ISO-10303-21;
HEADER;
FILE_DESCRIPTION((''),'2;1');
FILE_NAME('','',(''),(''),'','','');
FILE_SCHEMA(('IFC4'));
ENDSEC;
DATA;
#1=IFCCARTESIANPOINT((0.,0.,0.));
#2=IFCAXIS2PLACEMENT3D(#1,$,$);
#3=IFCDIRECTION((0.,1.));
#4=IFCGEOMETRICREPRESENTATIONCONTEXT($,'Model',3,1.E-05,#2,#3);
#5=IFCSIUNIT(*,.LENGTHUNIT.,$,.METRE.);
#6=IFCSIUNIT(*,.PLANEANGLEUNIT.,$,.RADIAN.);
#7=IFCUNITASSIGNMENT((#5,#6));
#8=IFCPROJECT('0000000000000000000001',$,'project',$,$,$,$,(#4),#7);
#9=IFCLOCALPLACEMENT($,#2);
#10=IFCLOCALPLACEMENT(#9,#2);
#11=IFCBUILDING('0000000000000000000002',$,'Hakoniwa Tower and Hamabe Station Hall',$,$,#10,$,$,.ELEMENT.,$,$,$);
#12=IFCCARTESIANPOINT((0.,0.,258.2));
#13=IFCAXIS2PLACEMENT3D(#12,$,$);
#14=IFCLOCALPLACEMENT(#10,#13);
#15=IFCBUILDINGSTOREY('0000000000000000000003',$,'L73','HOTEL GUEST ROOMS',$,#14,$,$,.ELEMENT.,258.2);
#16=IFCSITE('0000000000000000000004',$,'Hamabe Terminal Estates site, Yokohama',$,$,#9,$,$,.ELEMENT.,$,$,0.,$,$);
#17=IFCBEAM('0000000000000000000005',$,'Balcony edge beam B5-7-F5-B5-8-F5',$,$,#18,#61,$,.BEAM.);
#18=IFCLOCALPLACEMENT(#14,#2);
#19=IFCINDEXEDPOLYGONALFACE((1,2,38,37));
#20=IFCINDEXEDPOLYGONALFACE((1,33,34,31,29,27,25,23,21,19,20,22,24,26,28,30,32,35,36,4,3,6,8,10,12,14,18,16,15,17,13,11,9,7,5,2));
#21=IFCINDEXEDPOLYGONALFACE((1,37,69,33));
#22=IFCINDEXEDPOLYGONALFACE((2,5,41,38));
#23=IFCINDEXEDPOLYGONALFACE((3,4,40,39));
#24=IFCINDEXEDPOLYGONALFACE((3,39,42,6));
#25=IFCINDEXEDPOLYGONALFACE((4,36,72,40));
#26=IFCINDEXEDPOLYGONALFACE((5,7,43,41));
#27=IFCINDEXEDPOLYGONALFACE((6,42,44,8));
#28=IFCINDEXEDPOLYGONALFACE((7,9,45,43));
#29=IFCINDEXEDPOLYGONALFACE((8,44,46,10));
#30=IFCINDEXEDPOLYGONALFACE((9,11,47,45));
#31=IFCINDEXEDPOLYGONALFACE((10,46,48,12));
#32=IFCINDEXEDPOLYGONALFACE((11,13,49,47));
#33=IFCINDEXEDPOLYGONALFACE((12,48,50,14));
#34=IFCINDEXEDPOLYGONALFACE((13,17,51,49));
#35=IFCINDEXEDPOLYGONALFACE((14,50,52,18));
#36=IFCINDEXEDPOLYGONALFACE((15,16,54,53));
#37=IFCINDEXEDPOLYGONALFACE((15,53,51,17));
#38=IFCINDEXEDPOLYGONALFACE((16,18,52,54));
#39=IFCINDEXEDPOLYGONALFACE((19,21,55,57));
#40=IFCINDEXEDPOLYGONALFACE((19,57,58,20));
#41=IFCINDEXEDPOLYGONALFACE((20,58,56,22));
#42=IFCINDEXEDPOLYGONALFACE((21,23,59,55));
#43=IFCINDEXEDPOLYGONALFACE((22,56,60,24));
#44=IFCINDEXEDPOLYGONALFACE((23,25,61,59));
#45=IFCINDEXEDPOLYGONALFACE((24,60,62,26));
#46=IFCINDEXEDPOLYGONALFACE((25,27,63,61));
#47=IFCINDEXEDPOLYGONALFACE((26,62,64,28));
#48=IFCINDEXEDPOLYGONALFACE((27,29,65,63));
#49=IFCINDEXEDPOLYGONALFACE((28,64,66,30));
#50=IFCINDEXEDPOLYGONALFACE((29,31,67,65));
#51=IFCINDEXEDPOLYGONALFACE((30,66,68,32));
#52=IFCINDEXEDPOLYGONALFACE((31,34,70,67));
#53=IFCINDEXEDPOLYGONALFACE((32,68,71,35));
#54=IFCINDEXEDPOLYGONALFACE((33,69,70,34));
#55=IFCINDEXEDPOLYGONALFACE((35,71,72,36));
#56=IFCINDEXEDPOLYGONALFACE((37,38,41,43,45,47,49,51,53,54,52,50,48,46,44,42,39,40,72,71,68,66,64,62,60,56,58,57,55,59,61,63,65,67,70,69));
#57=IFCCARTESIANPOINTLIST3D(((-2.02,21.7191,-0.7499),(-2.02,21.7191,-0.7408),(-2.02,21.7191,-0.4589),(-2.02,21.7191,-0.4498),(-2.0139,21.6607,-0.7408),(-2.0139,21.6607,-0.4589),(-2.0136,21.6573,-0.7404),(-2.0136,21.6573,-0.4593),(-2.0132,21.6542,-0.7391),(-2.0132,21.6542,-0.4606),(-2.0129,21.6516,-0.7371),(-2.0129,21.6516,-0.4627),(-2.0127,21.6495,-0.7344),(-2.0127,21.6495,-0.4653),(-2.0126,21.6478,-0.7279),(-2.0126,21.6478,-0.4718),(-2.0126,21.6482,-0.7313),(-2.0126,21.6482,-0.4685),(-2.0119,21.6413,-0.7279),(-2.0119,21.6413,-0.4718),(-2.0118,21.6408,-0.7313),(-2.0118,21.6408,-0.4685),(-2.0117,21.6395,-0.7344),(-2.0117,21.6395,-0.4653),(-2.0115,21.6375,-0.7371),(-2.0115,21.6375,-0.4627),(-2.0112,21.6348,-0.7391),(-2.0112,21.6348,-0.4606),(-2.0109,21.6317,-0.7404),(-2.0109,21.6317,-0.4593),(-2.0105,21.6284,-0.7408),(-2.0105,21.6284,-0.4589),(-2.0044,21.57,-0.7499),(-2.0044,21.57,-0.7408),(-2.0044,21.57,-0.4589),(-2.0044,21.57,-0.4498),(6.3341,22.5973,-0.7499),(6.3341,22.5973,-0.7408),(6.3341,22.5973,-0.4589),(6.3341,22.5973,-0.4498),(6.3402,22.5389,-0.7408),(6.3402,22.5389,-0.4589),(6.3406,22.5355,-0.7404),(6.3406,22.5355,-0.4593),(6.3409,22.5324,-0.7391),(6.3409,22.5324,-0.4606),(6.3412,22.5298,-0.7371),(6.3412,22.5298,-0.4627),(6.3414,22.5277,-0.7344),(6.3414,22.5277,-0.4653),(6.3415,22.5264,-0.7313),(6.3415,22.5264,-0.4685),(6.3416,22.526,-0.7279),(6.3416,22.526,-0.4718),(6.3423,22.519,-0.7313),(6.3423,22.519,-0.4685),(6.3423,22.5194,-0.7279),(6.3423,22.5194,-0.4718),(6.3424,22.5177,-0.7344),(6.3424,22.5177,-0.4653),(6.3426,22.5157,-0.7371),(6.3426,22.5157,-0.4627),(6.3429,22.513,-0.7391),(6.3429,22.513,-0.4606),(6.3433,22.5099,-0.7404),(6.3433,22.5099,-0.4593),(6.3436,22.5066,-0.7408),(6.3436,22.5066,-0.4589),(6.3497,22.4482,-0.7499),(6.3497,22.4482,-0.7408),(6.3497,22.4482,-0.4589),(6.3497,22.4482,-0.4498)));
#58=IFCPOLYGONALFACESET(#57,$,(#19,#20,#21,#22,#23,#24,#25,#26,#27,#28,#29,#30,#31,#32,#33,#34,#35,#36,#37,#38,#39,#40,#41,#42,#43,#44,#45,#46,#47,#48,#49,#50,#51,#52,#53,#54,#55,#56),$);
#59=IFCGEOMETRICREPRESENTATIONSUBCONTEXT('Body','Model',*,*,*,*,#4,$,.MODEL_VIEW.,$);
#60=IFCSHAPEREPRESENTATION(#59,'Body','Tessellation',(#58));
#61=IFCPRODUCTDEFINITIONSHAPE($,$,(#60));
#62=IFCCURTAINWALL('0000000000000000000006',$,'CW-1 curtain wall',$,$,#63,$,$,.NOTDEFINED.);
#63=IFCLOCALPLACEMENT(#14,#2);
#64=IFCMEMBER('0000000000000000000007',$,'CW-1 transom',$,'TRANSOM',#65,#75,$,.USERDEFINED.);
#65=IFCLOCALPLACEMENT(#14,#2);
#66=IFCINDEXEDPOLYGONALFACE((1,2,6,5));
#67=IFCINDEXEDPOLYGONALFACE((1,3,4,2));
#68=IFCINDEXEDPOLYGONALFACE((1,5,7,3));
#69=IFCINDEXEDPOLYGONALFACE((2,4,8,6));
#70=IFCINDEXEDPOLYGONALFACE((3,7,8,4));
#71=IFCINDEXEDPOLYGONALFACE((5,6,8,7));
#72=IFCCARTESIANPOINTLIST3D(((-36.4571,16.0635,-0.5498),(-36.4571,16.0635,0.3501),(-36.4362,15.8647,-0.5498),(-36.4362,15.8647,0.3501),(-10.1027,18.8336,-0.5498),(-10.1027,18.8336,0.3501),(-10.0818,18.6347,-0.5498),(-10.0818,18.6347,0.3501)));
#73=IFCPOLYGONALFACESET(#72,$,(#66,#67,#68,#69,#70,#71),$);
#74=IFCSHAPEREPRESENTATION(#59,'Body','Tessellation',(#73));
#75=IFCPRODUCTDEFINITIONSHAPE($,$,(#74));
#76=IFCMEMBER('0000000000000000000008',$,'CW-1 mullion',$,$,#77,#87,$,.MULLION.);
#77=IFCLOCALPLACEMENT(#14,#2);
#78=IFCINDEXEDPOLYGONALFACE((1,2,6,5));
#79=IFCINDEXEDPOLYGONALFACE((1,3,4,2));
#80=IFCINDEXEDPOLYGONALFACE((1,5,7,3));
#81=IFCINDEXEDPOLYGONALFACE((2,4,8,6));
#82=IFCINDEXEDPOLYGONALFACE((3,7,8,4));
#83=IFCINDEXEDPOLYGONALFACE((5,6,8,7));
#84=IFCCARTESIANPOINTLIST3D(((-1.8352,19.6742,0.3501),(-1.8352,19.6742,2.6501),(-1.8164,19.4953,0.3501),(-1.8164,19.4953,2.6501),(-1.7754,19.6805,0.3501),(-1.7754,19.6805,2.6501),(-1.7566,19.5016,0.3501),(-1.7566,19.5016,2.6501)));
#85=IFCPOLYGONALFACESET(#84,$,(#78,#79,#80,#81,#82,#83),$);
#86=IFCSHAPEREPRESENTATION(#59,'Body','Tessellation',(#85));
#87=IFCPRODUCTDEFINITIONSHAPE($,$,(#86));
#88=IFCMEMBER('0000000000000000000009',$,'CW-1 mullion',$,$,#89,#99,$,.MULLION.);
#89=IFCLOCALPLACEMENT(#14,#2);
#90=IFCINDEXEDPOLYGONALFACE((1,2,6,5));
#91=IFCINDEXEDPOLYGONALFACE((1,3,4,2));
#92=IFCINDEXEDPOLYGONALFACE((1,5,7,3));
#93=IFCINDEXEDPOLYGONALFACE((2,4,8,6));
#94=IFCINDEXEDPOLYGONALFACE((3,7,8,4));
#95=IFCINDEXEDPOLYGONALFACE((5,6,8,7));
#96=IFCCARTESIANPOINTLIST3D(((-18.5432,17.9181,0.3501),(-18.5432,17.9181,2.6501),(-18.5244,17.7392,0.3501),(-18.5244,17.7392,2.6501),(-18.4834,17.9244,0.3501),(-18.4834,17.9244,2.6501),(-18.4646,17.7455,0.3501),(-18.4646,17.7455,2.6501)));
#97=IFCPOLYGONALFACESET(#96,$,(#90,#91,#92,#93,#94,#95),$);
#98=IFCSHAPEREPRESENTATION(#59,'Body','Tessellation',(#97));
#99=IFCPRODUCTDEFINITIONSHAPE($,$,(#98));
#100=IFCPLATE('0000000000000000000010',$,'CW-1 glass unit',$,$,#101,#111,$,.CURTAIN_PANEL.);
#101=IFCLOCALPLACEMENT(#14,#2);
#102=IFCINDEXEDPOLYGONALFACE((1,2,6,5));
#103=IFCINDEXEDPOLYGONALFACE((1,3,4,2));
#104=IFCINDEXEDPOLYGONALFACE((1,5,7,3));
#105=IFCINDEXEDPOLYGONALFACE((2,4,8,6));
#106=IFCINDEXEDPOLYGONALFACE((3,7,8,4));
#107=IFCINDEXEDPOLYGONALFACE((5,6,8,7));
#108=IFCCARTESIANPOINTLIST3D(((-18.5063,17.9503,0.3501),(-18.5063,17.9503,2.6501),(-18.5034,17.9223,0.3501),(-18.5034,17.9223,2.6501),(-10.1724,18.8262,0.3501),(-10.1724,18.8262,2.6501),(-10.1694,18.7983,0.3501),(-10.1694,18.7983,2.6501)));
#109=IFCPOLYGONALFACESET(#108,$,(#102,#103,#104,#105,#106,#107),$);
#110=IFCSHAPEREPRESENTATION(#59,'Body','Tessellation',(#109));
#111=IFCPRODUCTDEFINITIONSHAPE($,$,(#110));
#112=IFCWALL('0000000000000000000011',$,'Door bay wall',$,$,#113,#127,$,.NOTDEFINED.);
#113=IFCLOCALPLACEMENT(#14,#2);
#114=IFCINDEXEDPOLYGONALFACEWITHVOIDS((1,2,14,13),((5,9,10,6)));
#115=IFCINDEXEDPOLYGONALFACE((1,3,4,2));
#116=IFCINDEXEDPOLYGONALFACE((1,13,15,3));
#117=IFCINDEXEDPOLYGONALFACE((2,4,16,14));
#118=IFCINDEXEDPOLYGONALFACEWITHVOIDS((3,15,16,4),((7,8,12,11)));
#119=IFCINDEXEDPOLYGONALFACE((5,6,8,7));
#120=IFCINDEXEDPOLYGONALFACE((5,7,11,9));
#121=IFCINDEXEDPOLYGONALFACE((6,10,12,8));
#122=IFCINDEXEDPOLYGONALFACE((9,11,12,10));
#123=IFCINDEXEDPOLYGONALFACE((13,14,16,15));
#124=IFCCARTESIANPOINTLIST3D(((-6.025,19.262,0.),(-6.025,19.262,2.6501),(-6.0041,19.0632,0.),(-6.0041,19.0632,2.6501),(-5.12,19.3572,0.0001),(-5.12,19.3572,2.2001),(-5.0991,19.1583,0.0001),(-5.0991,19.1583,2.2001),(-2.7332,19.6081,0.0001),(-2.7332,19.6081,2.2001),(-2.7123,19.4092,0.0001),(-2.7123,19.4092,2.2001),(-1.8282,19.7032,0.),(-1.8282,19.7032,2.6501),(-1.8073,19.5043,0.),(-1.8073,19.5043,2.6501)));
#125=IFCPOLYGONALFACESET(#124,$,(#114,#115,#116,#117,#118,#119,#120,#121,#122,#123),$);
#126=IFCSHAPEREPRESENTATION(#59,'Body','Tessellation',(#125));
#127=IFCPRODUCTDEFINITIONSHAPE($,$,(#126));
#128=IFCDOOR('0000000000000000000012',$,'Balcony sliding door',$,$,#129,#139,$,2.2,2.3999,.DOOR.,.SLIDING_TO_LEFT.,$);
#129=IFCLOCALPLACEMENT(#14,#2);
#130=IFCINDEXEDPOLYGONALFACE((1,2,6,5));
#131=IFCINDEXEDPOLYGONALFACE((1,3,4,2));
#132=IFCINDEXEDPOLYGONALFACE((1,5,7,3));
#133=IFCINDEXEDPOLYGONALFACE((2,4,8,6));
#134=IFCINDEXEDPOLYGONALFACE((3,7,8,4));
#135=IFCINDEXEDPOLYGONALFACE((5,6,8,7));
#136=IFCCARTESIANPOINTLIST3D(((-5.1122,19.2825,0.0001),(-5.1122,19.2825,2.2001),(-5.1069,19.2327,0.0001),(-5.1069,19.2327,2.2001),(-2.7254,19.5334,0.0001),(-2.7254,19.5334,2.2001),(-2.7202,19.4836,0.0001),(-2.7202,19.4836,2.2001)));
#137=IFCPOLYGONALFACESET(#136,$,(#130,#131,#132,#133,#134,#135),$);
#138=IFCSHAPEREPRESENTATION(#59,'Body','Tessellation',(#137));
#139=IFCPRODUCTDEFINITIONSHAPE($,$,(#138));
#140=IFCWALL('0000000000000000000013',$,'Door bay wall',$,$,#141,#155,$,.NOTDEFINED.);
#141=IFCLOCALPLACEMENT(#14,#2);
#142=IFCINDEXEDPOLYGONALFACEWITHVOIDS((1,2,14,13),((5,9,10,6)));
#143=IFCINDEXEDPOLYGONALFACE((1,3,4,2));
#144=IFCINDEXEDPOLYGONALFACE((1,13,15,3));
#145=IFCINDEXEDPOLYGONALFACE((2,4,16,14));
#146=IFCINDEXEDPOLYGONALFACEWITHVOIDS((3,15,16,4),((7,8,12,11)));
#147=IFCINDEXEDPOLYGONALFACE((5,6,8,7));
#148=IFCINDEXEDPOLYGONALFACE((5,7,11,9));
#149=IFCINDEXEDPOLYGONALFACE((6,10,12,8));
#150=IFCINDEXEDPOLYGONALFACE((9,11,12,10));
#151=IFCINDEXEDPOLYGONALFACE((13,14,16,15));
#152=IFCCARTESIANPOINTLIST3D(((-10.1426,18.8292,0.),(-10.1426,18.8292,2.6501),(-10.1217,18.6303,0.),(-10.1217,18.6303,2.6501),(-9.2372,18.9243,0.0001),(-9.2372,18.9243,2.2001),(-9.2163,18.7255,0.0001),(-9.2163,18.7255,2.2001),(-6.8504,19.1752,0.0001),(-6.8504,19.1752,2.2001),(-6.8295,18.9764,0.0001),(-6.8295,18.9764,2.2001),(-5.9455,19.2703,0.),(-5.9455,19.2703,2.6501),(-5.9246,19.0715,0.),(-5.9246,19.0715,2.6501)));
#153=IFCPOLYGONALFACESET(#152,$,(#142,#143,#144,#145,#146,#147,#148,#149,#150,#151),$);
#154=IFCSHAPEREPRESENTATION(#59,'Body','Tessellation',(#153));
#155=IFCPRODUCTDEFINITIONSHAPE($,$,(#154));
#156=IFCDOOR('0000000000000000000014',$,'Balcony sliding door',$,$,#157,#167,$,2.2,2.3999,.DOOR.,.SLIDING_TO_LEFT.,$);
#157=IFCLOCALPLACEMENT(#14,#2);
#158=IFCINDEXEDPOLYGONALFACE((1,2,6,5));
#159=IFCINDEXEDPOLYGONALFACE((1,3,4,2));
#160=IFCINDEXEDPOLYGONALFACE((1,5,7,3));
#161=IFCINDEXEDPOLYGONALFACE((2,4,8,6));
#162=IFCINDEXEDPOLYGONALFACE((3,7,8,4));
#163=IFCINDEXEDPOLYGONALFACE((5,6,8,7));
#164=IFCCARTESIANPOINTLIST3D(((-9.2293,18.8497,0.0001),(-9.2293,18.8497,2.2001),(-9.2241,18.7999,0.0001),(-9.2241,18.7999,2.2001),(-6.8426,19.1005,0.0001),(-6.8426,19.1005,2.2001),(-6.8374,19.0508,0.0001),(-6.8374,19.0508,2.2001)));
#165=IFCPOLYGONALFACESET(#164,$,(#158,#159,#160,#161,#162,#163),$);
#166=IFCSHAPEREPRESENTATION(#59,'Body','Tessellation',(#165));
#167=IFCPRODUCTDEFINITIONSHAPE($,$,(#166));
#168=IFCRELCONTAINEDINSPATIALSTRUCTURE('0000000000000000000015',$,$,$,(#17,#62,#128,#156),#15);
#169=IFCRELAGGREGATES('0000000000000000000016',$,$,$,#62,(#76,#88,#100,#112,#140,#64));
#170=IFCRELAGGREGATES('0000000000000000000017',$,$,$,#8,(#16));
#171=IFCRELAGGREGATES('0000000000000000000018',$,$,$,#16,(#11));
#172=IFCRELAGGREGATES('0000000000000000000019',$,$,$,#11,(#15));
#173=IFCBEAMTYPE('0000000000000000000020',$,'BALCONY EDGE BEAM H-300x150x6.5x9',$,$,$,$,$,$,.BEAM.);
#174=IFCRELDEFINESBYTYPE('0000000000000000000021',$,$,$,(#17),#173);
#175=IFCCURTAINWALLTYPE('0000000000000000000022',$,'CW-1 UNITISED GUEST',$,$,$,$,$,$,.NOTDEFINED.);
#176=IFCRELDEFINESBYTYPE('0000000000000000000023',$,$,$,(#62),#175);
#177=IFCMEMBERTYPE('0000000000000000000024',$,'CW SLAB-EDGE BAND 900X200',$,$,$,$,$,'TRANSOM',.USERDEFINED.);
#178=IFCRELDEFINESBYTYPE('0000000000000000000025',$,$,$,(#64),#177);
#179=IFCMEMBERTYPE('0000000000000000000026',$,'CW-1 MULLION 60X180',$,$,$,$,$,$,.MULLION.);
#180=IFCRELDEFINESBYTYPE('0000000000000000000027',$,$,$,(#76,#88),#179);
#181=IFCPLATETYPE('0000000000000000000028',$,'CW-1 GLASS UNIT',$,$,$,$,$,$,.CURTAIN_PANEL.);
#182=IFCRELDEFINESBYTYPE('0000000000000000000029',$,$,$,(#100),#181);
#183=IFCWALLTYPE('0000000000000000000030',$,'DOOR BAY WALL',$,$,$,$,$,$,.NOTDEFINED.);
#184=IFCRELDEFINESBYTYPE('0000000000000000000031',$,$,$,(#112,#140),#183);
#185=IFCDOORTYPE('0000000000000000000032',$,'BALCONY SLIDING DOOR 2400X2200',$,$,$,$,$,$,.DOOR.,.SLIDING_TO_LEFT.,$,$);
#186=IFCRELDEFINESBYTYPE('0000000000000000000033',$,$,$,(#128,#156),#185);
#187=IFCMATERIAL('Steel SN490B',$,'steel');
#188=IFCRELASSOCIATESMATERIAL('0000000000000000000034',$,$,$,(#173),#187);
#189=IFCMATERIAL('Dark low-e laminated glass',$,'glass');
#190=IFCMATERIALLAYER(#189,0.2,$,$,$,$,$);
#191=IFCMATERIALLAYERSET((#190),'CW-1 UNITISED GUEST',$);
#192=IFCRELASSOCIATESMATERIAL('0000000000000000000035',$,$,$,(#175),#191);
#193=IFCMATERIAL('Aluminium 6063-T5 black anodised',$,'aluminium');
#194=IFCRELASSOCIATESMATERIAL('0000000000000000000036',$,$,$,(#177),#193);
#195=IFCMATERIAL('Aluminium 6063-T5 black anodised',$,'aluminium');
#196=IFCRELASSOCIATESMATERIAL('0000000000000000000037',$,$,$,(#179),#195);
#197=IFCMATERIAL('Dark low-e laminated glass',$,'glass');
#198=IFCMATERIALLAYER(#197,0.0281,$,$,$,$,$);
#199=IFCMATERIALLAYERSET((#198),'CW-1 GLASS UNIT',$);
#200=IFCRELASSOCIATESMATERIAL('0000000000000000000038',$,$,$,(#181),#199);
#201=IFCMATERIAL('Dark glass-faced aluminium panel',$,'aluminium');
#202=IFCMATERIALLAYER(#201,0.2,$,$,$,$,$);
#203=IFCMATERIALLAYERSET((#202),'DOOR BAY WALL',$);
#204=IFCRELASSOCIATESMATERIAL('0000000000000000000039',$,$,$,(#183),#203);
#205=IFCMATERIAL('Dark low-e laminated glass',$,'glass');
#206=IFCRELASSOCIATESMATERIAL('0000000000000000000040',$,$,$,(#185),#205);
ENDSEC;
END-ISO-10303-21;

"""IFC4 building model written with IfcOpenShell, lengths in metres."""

from ifc_helpers import new_model, si_unit, direction, frame, frame_2d, origin, origin_2d, place, context, subcontext, project, spatial, rectangle, i_section, extrude, material, layer, layer_set, material_profile, profile_set, type_object, element, fill, aggregate, save


model = new_model("IFC4")

# Units and contexts
model_context = context("Model", 3, precision=1e-05, world=origin(), true_north=direction((0.0, 1.0)))
body_context = subcontext(model_context, "Body", "Model", "MODEL_VIEW")
ifc_project = project(units=[si_unit("LENGTHUNIT", "METRE"), si_unit("PLANEANGLEUNIT", "RADIAN")], contexts=[model_context])

# Site, building, storey
site_placement = place(None, origin())
site = spatial("IfcSite", under=ifc_project, at=site_placement, Name="Hamabe Terminal Estates site, Yokohama", CompositionType="ELEMENT", RefElevation=0.0)
building_placement = place(site_placement, origin())
building = spatial("IfcBuilding", under=site, at=building_placement, Name="Hakoniwa Tower and Hamabe Station Hall", CompositionType="ELEMENT")
storey_placement = place(building_placement, frame((0.0, 0.0, 258.2)))
storey = spatial("IfcBuildingStorey", under=building, at=storey_placement, Name="L73", Description="HOTEL GUEST ROOMS", CompositionType="ELEMENT", Elevation=258.2)

# Beam
ifc_material_1 = material(Name="Steel SN490B", Category="steel")
ifc_material_profile_1 = material_profile(ifc_material_1, i_section(OverallWidth=0.1499, OverallDepth=0.3, WebThickness=0.0066, FlangeThickness=0.009, FilletRadius=0.0129, at=origin_2d()), Name="H-300x150x6.5x9")
ifc_profile_set_1 = profile_set([ifc_material_profile_1], Name="Steel SN490B")
beam_type_1 = type_object("IfcBeamType", Name="BALCONY EDGE BEAM H-300x150x6.5x9", PredefinedType="BEAM", material=ifc_profile_set_1)
beam_1_placement = place(storey_placement, frame((-2.0122, 21.6445, -0.5999), z_axis=(0.99452, 0.104544, 0.0), x_axis=(-0.104544, 0.99452, 0.0)))
element("IfcBeam", 1, at=beam_1_placement, inside=storey, type_object=beam_type_1, Name="Balcony edge beam B5-7-F5-B5-8-F5", PredefinedType="BEAM", context=body_context, shape_type="SweptSolid", body=[
    extrude(i_section(OverallWidth=0.1499, OverallDepth=0.3, WebThickness=0.0066, FlangeThickness=0.009, FilletRadius=0.0129, at=origin_2d()), origin(), (0.0, 0.0, 1.0), 8.4001),
])

# Curtain wall, members, plate, walls, openings, doors
ifc_material_2 = material(Name="Dark low-e laminated glass", Category="glass")
ifc_layer_1 = layer(ifc_material_2, 0.2)
ifc_layer_set_1 = layer_set([ifc_layer_1], Name="CW-1 UNITISED GUEST")
curtain_wall_type = type_object("IfcCurtainWallType", Name="CW-1 UNITISED GUEST", PredefinedType="NOTDEFINED", material=ifc_layer_set_1)
curtain_wall_placement = place(storey_placement, origin())
curtain_wall = element("IfcCurtainWall", 2, at=curtain_wall_placement, inside=storey, type_object=curtain_wall_type, Name="CW-1 curtain wall", PredefinedType="NOTDEFINED")
ifc_material_3 = material(Name="Aluminium 6063-T5 black anodised", Category="aluminium")
ifc_material_profile_2 = material_profile(ifc_material_3, rectangle(XDim=0.2, YDim=0.8999, at=origin_2d()), Name="CW SLAB-EDGE BAND 900X200")
ifc_profile_set_2 = profile_set([ifc_material_profile_2], Name="Aluminium 6063-T5 black anodised")
member_type_1 = type_object("IfcMemberType", Name="CW SLAB-EDGE BAND 900X200", ElementType="TRANSOM", PredefinedType="USERDEFINED", material=ifc_profile_set_2)
member_1_placement = place(storey_placement, frame((-10.0923, 18.7341, -0.0999), z_axis=(-0.994522, -0.104531, 0.0), x_axis=(0.104531, -0.994522, 0.0)))
member_1 = element("IfcMember", 3, at=member_1_placement, type_object=member_type_1, Name="CW-1 transom", ObjectType="TRANSOM", PredefinedType="USERDEFINED", context=body_context, shape_type="SweptSolid", body=[
    extrude(rectangle(XDim=0.2, YDim=0.8999, at=origin_2d()), origin(), (0.0, 0.0, 1.0), 26.4995),
])
ifc_material_4 = material(Name="Aluminium 6063-T5 black anodised", Category="aluminium")
ifc_material_profile_3 = material_profile(ifc_material_4, rectangle(XDim=0.0601, YDim=0.1799, at=origin_2d()), Name="CW-1 MULLION 60X180")
ifc_profile_set_3 = profile_set([ifc_material_profile_3], Name="Aluminium 6063-T5 black anodised")
member_type_2 = type_object("IfcMemberType", Name="CW-1 MULLION 60X180", PredefinedType="MULLION", material=ifc_profile_set_3)
member_2_placement = place(storey_placement, frame((-1.7959, 19.5879, 0.3501), z_axis=(0.0, 0.0, 1.0), x_axis=(-0.994522, -0.104528, 0.0)))
member_2 = element("IfcMember", 4, at=member_2_placement, type_object=member_type_2, Name="CW-1 mullion", PredefinedType="MULLION", context=body_context, shape_type="SweptSolid", body=[
    extrude(rectangle(XDim=0.0601, YDim=0.1799, at=origin_2d()), origin(), (0.0, 0.0, 1.0), 2.3),
])
member_3_placement = place(storey_placement, frame((-18.5039, 17.8318, 0.3501), z_axis=(0.0, 0.0, 1.0), x_axis=(-0.994522, -0.104528, 0.0)))
member_3 = element("IfcMember", 5, at=member_3_placement, type_object=member_type_2, Name="CW-1 mullion", PredefinedType="MULLION", context=body_context, shape_type="SweptSolid", body=[
    extrude(rectangle(XDim=0.0601, YDim=0.1799, at=origin_2d()), origin(), (0.0, 0.0, 1.0), 2.3),
])
ifc_material_5 = material(Name="Dark low-e laminated glass", Category="glass")
ifc_layer_2 = layer(ifc_material_5, 0.0281)
ifc_layer_set_2 = layer_set([ifc_layer_2], Name="CW-1 GLASS UNIT")
plate_type = type_object("IfcPlateType", Name="CW-1 GLASS UNIT", PredefinedType="CURTAIN_PANEL", material=ifc_layer_set_2)
plate_placement = place(storey_placement, frame((-14.3379, 18.3743, 0.3501), z_axis=(0.0, 0.0, 1.0), x_axis=(-0.994522, -0.104528, 0.0)))
plate = element("IfcPlate", 6, at=plate_placement, type_object=plate_type, Name="CW-1 glass unit", PredefinedType="CURTAIN_PANEL", context=body_context, shape_type="SweptSolid", body=[
    extrude(rectangle(XDim=8.3799, YDim=0.0281, at=origin_2d()), origin(), (0.0, 0.0, 1.0), 2.3),
])
ifc_material_6 = material(Name="Dark glass-faced aluminium panel", Category="aluminium")
ifc_layer_3 = layer(ifc_material_6, 0.2)
ifc_layer_set_3 = layer_set([ifc_layer_3], Name="DOOR BAY WALL")
wall_type = type_object("IfcWallType", Name="DOOR BAY WALL", PredefinedType="NOTDEFINED", material=ifc_layer_set_3)
wall_1_placement = place(storey_placement, frame((-1.8179, 19.6038, 0.0), z_axis=(0.0, 0.0, 1.0), x_axis=(-0.99452, -0.104543, 0.0)))
wall_1 = element("IfcWall", 7, at=wall_1_placement, type_object=wall_type, Name="Door bay wall", PredefinedType="NOTDEFINED", context=body_context, shape_type="SweptSolid", body=[
    extrude(rectangle(XDim=4.22, YDim=0.2, at=frame_2d((2.1099, 0.0))), origin(), (0.0, 0.0, 1.0), 2.6501),
])
opening_1_placement = place(wall_1_placement, frame((0.9099, 0.0, 0.0)))
opening_1 = element("IfcOpeningElement", 8, at=opening_1_placement, cuts=wall_1, PredefinedType="OPENING", context=body_context, shape_type="SweptSolid", body=[
    extrude(rectangle(XDim=2.3999, YDim=2.2, at=frame_2d((1.2, 1.1001))), frame((0.0, 0.1099, 0.0), z_axis=(0.0, -1.0, 0.0), x_axis=(1.0, 0.0, 0.0)), (0.0, 0.0, 1.0), 0.22),
])
ifc_material_7 = material(Name="Dark low-e laminated glass", Category="glass")
door_type = type_object("IfcDoorType", Name="BALCONY SLIDING DOOR 2400X2200", OperationType="SLIDING_TO_LEFT", PredefinedType="DOOR", material=ifc_material_7)
door_1_placement = place(opening_1_placement, frame((2.3999, 0.0, 0.0), z_axis=(0.0, 0.0, 1.0), x_axis=(-1.0, 0.0, 0.0)))
door_1 = element("IfcDoor", 9, at=door_1_placement, inside=storey, type_object=door_type, Name="Balcony sliding door", OperationType="SLIDING_TO_LEFT", OverallHeight=2.2, OverallWidth=2.3999, PredefinedType="DOOR", context=body_context, shape_type="SweptSolid", body=[
    extrude(rectangle(XDim=2.3999, YDim=2.2, at=frame_2d((1.2, 1.1001))), frame((0.0, 0.0249, 0.0), z_axis=(0.0, -1.0, 0.0), x_axis=(1.0, 0.0, 0.0)), (0.0, 0.0, 1.0), 0.05),
])
fill(opening_1, door_1)
wall_2_placement = place(storey_placement, frame((-5.9351, 19.1709, 0.0), z_axis=(0.0, 0.0, 1.0), x_axis=(-0.994521, -0.104537, 0.0)))
wall_2 = element("IfcWall", 10, at=wall_2_placement, type_object=wall_type, Name="Door bay wall", PredefinedType="NOTDEFINED", context=body_context, shape_type="SweptSolid", body=[
    extrude(rectangle(XDim=4.2202, YDim=0.2, at=frame_2d((2.1101, 0.0))), origin(), (0.0, 0.0, 1.0), 2.6501),
])
opening_2_placement = place(wall_2_placement, frame((0.9099, 0.0, 0.0)))
opening_2 = element("IfcOpeningElement", 11, at=opening_2_placement, cuts=wall_2, PredefinedType="OPENING", context=body_context, shape_type="SweptSolid", body=[
    extrude(rectangle(XDim=2.3999, YDim=2.2, at=frame_2d((1.2, 1.1001))), frame((0.0, 0.1099, 0.0), z_axis=(0.0, -1.0, 0.0), x_axis=(1.0, 0.0, 0.0)), (0.0, 0.0, 1.0), 0.22),
])
door_2_placement = place(opening_2_placement, frame((2.3999, 0.0, 0.0), z_axis=(0.0, 0.0, 1.0), x_axis=(-1.0, 0.0, 0.0)))
door_2 = element("IfcDoor", 12, at=door_2_placement, inside=storey, type_object=door_type, Name="Balcony sliding door", OperationType="SLIDING_TO_LEFT", OverallHeight=2.2, OverallWidth=2.3999, PredefinedType="DOOR", context=body_context, shape_type="SweptSolid", body=[
    extrude(rectangle(XDim=2.3999, YDim=2.2, at=frame_2d((1.2, 1.1001))), frame((0.0, 0.0249, 0.0), z_axis=(0.0, -1.0, 0.0), x_axis=(1.0, 0.0, 0.0)), (0.0, 0.0, 1.0), 0.05),
])
fill(opening_2, door_2)
aggregate(curtain_wall, [member_2, member_3, plate, wall_1, wall_2, member_1])

save(model, "model.ifc")
